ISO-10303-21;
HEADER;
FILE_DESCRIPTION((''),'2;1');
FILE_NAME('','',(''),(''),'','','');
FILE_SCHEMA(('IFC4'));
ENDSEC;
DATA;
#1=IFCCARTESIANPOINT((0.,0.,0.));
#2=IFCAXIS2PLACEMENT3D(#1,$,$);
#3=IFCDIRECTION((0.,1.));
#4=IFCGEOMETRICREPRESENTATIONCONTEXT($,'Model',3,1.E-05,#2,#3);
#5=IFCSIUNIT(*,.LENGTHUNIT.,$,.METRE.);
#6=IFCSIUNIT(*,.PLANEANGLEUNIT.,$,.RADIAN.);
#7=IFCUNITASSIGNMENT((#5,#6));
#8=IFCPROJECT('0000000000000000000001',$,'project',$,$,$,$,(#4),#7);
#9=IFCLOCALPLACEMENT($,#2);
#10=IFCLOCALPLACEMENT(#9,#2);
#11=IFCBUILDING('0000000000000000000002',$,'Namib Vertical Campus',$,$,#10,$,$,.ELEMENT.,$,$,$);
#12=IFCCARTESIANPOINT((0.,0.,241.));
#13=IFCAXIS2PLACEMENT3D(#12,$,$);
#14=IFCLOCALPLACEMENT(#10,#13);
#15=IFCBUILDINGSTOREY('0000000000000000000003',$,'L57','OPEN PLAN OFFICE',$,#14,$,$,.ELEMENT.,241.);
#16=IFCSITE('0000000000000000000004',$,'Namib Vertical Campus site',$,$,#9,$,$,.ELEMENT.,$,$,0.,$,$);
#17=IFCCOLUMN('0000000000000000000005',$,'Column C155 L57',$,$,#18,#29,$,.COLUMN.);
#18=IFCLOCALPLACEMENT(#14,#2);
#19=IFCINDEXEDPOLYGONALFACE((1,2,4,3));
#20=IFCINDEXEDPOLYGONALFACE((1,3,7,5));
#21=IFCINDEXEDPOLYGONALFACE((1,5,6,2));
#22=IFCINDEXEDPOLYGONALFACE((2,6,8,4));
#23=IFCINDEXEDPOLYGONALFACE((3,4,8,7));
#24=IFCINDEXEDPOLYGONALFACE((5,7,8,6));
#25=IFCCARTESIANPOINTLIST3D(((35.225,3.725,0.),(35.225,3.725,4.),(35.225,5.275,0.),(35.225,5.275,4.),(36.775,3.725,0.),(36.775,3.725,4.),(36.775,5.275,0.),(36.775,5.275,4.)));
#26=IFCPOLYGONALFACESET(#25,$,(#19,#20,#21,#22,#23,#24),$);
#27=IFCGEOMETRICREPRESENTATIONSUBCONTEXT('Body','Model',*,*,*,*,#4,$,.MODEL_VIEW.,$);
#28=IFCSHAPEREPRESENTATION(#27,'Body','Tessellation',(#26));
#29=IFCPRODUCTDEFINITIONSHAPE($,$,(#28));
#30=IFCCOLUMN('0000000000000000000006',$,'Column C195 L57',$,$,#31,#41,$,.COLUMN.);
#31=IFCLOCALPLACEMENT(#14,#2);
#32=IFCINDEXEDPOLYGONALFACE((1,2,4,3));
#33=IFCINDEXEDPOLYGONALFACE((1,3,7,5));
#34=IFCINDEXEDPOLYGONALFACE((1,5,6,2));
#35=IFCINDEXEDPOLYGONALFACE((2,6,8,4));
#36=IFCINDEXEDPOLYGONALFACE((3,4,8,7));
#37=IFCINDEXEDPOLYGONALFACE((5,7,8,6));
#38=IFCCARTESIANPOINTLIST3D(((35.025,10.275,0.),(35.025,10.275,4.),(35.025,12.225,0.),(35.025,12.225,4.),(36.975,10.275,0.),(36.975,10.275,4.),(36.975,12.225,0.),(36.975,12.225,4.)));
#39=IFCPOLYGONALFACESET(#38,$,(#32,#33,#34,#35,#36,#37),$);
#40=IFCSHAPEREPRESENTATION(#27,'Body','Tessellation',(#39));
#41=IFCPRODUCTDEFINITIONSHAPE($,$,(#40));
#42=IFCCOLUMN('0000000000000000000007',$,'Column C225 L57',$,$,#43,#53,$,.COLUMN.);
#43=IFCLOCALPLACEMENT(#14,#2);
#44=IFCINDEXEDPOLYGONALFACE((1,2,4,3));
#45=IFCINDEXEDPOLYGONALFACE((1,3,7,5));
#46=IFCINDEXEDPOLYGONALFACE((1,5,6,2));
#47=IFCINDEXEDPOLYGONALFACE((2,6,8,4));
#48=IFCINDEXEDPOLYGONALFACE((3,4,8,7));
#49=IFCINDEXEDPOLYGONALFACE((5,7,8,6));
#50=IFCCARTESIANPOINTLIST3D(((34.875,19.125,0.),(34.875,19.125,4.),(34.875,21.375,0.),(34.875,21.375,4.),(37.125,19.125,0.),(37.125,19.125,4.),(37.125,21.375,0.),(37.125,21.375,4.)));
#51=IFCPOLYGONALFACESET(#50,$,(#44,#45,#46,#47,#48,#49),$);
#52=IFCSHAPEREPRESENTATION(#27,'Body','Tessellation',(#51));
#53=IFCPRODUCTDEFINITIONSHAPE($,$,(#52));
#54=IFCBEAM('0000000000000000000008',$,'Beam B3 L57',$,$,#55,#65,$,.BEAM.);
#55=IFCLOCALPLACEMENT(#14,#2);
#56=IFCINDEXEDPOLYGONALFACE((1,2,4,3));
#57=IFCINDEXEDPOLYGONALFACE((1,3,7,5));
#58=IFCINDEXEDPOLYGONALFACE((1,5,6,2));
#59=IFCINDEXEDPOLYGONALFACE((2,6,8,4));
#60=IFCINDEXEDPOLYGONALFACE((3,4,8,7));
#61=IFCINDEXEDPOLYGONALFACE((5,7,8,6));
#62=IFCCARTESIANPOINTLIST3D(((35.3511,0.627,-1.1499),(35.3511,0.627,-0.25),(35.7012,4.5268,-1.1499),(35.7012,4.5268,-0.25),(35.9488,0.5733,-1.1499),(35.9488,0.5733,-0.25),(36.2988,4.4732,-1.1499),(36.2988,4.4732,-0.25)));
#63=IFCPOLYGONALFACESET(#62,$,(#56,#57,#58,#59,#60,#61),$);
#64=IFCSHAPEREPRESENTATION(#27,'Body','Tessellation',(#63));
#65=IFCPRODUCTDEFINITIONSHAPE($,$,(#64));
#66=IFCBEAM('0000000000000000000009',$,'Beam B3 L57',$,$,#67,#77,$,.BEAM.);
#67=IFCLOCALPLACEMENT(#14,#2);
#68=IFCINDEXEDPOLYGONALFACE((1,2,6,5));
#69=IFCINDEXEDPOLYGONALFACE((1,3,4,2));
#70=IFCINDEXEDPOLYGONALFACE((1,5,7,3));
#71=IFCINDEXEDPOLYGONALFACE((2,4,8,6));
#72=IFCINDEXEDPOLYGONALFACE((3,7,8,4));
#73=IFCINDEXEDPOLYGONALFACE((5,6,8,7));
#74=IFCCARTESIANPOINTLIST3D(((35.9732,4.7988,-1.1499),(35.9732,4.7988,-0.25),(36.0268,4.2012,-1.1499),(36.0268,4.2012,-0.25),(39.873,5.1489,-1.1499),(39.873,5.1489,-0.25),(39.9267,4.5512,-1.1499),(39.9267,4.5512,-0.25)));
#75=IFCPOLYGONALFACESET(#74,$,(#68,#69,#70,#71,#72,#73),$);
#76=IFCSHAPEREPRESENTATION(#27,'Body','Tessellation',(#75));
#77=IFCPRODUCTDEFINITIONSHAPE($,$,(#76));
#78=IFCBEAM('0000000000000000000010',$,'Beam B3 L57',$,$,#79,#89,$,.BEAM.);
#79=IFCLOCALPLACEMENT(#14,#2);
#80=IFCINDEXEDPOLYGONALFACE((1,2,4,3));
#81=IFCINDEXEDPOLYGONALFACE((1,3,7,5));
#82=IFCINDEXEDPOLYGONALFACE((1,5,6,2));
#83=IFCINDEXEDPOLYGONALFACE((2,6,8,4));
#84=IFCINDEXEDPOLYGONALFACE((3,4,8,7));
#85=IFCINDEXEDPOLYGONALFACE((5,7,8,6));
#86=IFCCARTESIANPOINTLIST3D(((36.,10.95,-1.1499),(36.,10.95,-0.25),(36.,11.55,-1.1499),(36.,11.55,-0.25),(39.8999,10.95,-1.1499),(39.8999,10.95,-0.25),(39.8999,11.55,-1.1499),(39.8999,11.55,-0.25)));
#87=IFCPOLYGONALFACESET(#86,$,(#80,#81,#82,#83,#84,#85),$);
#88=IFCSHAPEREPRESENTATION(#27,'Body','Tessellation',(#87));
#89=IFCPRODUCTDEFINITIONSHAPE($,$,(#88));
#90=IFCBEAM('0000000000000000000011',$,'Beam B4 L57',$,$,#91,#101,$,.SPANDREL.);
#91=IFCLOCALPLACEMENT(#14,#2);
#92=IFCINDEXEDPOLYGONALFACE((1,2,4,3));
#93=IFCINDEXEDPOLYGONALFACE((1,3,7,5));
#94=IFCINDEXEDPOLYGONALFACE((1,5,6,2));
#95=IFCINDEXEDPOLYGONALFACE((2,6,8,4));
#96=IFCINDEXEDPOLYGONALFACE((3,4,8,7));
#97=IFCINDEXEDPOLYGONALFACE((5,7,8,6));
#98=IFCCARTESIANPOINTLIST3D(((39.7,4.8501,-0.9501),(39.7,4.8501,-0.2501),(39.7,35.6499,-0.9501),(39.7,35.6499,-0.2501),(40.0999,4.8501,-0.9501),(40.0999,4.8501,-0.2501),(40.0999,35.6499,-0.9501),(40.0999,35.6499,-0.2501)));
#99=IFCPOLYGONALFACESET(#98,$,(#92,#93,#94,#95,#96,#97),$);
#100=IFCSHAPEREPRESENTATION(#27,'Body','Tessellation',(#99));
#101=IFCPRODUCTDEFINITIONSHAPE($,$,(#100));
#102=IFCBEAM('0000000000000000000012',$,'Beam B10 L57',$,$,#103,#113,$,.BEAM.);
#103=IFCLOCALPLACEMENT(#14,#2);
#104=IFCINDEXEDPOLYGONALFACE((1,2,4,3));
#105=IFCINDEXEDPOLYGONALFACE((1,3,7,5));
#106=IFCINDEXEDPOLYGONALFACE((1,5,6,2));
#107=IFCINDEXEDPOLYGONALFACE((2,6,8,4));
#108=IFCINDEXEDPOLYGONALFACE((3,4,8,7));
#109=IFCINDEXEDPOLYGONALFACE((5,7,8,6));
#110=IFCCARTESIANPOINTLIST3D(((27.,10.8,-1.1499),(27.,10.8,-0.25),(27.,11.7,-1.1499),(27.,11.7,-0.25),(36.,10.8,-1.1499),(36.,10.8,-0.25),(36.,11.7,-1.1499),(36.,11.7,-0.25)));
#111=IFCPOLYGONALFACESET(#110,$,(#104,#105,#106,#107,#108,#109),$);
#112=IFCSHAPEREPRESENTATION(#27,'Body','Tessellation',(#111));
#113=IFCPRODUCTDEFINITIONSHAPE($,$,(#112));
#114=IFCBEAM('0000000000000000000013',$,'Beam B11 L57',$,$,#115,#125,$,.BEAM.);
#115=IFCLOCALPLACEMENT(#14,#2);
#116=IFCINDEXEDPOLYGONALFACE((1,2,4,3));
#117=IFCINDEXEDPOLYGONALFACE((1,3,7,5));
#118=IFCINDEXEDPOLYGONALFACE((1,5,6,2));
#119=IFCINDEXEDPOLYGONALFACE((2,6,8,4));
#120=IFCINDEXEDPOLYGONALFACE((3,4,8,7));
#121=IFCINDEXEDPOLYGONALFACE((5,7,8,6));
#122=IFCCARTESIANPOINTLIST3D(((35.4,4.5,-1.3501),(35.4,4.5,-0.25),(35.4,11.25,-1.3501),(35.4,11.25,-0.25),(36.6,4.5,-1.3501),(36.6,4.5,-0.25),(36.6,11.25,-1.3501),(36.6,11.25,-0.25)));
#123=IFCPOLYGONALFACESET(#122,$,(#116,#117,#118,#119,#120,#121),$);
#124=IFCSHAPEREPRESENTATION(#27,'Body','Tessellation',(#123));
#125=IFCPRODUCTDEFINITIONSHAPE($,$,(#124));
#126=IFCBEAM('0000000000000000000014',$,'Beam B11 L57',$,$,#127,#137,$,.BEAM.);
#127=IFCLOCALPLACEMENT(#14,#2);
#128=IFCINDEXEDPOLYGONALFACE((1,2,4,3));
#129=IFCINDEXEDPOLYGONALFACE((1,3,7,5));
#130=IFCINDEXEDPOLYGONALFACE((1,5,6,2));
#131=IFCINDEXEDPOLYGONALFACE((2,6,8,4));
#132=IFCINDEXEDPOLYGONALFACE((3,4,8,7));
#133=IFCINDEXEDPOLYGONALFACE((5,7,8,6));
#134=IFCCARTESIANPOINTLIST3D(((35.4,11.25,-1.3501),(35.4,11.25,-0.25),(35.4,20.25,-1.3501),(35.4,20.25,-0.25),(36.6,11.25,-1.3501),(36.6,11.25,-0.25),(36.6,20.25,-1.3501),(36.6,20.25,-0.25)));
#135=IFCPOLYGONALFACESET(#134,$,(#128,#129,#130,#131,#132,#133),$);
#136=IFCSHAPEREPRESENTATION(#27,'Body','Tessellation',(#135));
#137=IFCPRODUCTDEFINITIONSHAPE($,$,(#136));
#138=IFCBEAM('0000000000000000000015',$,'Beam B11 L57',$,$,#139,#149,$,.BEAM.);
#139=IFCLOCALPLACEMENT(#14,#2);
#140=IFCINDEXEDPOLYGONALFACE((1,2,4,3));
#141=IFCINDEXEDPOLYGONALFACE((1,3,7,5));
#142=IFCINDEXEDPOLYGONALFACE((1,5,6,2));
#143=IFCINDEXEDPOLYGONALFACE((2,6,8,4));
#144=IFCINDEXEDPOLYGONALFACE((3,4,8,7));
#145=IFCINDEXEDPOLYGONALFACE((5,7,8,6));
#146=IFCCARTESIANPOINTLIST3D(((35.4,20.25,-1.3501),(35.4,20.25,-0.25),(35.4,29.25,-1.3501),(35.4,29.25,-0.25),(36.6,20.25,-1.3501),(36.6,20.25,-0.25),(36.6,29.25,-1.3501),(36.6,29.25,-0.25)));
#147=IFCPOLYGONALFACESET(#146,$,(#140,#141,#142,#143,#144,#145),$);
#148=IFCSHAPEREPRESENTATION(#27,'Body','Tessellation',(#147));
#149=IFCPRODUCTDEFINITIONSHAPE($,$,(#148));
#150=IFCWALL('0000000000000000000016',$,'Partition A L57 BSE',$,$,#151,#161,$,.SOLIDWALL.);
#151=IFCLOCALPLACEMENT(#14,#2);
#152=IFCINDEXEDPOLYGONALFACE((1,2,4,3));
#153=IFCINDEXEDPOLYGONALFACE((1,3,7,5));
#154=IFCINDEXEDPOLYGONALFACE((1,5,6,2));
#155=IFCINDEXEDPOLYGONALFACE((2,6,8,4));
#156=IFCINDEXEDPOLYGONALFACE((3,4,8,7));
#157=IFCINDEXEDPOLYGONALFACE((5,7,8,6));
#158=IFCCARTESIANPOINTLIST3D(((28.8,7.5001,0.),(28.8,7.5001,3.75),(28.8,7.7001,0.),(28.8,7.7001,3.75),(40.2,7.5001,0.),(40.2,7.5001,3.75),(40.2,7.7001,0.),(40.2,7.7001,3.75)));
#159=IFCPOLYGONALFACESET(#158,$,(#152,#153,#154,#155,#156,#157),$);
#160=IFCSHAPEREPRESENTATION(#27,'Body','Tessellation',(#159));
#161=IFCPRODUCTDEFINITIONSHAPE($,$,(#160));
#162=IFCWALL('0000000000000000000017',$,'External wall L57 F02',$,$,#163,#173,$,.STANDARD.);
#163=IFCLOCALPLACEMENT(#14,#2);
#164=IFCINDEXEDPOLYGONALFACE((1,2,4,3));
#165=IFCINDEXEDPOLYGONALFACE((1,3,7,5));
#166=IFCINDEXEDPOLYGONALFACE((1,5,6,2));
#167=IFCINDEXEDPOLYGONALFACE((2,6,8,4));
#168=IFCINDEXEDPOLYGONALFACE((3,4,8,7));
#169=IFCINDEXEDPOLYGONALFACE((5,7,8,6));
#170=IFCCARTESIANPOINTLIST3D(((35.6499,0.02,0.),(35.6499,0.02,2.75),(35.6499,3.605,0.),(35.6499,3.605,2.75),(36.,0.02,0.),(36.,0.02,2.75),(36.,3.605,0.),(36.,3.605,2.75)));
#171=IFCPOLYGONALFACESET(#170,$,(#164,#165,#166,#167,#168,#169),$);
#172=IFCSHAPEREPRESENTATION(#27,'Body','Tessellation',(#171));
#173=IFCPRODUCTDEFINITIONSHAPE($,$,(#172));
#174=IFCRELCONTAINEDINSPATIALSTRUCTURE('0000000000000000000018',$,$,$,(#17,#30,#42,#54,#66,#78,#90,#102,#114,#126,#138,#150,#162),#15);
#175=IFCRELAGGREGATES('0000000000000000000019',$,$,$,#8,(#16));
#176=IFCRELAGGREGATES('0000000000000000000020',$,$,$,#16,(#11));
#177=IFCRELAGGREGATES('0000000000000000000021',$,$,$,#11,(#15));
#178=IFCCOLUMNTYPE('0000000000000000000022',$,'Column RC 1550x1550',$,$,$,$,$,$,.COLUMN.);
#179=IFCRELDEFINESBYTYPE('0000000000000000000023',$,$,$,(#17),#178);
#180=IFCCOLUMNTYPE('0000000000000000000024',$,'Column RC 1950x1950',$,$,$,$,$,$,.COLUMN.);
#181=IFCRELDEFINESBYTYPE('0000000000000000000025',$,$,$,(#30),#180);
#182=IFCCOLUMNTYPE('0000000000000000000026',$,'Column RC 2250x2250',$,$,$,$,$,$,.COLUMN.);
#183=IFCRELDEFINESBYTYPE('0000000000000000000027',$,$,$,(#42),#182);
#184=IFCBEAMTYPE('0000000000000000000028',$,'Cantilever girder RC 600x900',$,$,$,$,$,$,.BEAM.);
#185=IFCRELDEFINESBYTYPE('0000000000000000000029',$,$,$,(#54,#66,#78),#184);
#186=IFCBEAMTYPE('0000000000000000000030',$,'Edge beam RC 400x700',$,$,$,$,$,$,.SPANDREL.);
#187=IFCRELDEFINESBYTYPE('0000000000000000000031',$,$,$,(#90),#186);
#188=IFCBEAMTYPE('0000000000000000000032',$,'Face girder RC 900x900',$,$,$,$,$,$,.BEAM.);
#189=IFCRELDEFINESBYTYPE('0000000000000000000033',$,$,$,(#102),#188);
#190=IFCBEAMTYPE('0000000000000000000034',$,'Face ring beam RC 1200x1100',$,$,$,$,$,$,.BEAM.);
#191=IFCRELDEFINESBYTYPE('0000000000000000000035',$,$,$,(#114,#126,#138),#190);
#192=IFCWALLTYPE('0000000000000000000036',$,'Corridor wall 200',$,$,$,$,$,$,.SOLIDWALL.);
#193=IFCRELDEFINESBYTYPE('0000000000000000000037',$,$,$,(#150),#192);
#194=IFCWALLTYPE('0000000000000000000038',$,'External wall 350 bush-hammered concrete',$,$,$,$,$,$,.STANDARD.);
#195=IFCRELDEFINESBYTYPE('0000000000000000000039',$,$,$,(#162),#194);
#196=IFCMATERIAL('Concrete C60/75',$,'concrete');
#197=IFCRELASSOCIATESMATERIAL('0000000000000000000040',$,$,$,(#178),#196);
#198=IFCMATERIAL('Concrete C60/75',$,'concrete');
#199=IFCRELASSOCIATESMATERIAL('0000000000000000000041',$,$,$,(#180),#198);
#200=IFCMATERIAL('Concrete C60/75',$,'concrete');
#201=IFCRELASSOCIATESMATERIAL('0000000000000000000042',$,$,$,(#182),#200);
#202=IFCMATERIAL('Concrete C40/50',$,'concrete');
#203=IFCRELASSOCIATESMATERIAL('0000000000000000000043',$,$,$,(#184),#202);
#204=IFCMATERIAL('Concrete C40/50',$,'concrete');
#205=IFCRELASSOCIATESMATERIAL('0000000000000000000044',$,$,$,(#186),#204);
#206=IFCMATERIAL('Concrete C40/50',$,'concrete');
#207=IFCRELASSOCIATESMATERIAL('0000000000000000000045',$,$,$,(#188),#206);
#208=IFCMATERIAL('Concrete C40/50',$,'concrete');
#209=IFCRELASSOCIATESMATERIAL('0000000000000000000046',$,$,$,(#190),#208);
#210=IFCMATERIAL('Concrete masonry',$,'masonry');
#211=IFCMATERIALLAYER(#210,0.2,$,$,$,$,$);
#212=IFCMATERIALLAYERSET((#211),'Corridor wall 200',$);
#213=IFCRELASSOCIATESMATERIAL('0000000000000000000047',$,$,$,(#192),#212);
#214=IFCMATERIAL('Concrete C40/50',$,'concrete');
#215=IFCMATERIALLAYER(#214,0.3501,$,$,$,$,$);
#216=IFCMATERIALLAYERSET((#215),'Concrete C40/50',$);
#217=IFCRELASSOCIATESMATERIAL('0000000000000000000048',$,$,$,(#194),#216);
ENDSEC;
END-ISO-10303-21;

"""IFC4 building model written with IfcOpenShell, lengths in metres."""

from ifc_helpers import new_model, si_unit, direction, frame, frame_2d, origin, origin_2d, place, context, subcontext, project, spatial, rectangle, extrude, material, layer, layer_set, material_profile, profile_set, type_object, element, save


model = new_model("IFC4")

# Units and contexts
model_context = context("Model", 3, precision=1e-05, world=origin(), true_north=direction((0.0, 1.0)))
body_context = subcontext(model_context, "Body", "Model", "MODEL_VIEW")
ifc_project = project(units=[si_unit("LENGTHUNIT", "METRE"), si_unit("PLANEANGLEUNIT", "RADIAN")], contexts=[model_context])

# Site, building, storey
site_placement = place(None, origin())
site = spatial("IfcSite", under=ifc_project, at=site_placement, Name="Namib Vertical Campus site", CompositionType="ELEMENT", RefElevation=0.0)
building_placement = place(site_placement, origin())
building = spatial("IfcBuilding", under=site, at=building_placement, Name="Namib Vertical Campus", CompositionType="ELEMENT")
storey_placement = place(building_placement, frame((0.0, 0.0, 241.0)))
storey = spatial("IfcBuildingStorey", under=building, at=storey_placement, Name="L57", Description="OPEN PLAN OFFICE", CompositionType="ELEMENT", Elevation=241.0)

# Columns
ifc_material_1 = material(Name="Concrete C60/75", Category="concrete")
ifc_material_profile_1 = material_profile(ifc_material_1, rectangle(XDim=1.55, YDim=1.55, at=origin_2d()))
ifc_profile_set_1 = profile_set([ifc_material_profile_1], Name="Concrete C60/75")
column_type_1 = type_object("IfcColumnType", Name="Column RC 1550x1550", PredefinedType="COLUMN", material=ifc_profile_set_1)
column_1_placement = place(storey_placement, frame((36.0, 4.5, 0.0), z_axis=(0.0, 0.0, 1.0), x_axis=(1.0, 0.0, 0.0)))
element("IfcColumn", 1, at=column_1_placement, inside=storey, type_object=column_type_1, Name="Column C155 L57", PredefinedType="COLUMN", context=body_context, shape_type="SweptSolid", body=[
    extrude(rectangle(XDim=1.55, YDim=1.55, at=origin_2d()), origin(), (0.0, 0.0, 1.0), 4.0),
])
ifc_material_2 = material(Name="Concrete C60/75", Category="concrete")
ifc_material_profile_2 = material_profile(ifc_material_2, rectangle(XDim=1.95, YDim=1.95, at=origin_2d()))
ifc_profile_set_2 = profile_set([ifc_material_profile_2], Name="Concrete C60/75")
column_type_2 = type_object("IfcColumnType", Name="Column RC 1950x1950", PredefinedType="COLUMN", material=ifc_profile_set_2)
column_2_placement = place(storey_placement, frame((36.0, 11.25, 0.0), z_axis=(0.0, 0.0, 1.0), x_axis=(1.0, 0.0, 0.0)))
element("IfcColumn", 2, at=column_2_placement, inside=storey, type_object=column_type_2, Name="Column C195 L57", PredefinedType="COLUMN", context=body_context, shape_type="SweptSolid", body=[
    extrude(rectangle(XDim=1.95, YDim=1.95, at=origin_2d()), origin(), (0.0, 0.0, 1.0), 4.0),
])
ifc_material_3 = material(Name="Concrete C60/75", Category="concrete")
ifc_material_profile_3 = material_profile(ifc_material_3, rectangle(XDim=2.25, YDim=2.25, at=origin_2d()))
ifc_profile_set_3 = profile_set([ifc_material_profile_3], Name="Concrete C60/75")
column_type_3 = type_object("IfcColumnType", Name="Column RC 2250x2250", PredefinedType="COLUMN", material=ifc_profile_set_3)
column_3_placement = place(storey_placement, frame((36.0, 20.25, 0.0), z_axis=(0.0, 0.0, 1.0), x_axis=(1.0, 0.0, 0.0)))
element("IfcColumn", 3, at=column_3_placement, inside=storey, type_object=column_type_3, Name="Column C225 L57", PredefinedType="COLUMN", context=body_context, shape_type="SweptSolid", body=[
    extrude(rectangle(XDim=2.25, YDim=2.25, at=origin_2d()), origin(), (0.0, 0.0, 1.0), 4.0),
])

# Beams
ifc_material_4 = material(Name="Concrete C40/50", Category="concrete")
ifc_material_profile_4 = material_profile(ifc_material_4, rectangle(XDim=0.6001, YDim=0.8999, at=origin_2d()))
ifc_profile_set_4 = profile_set([ifc_material_profile_4], Name="Concrete C40/50")
beam_type_1 = type_object("IfcBeamType", Name="Cantilever girder RC 600x900", PredefinedType="BEAM", material=ifc_profile_set_4)
for number, where, z_axis, x_axis, name in (
    (4, (36.0, 4.5, -0.7), (-0.089411, -0.995995, 0.0), (0.995995, -0.089411, 0.0), "Beam B3 L57"),
    (5, (36.0, 4.5, -0.7), (0.995995, 0.089411, 0.0), (-0.089411, 0.995995, 0.0), "Beam B3 L57"),
):
    element("IfcBeam", number, at=place(storey_placement, frame(where, z_axis=z_axis, x_axis=x_axis)), inside=storey, type_object=beam_type_1, Name=name, PredefinedType="BEAM", context=body_context, shape_type="SweptSolid", body=[
        extrude(rectangle(XDim=0.6001, YDim=0.8999, at=origin_2d()), origin(), (0.0, 0.0, 1.0), 3.9155),
    ])
beam_1_placement = place(storey_placement, frame((36.0, 11.25, -0.7), z_axis=(1.0, 0.0, 0.0), x_axis=(0.0, 1.0, 0.0)))
element("IfcBeam", 6, at=beam_1_placement, inside=storey, type_object=beam_type_1, Name="Beam B3 L57", PredefinedType="BEAM", context=body_context, shape_type="SweptSolid", body=[
    extrude(rectangle(XDim=0.6001, YDim=0.8999, at=origin_2d()), origin(), (0.0, 0.0, 1.0), 3.8999),
])
ifc_material_5 = material(Name="Concrete C40/50", Category="concrete")
ifc_material_profile_5 = material_profile(ifc_material_5, rectangle(XDim=0.3999, YDim=0.7, at=origin_2d()))
ifc_profile_set_5 = profile_set([ifc_material_profile_5], Name="Concrete C40/50")
beam_type_2 = type_object("IfcBeamType", Name="Edge beam RC 400x700", PredefinedType="SPANDREL", material=ifc_profile_set_5)
beam_2_placement = place(storey_placement, frame((39.8999, 4.8501, -0.6001), z_axis=(0.0, 1.0, 0.0), x_axis=(-1.0, 0.0, 0.0)))
element("IfcBeam", 7, at=beam_2_placement, inside=storey, type_object=beam_type_2, Name="Beam B4 L57", PredefinedType="SPANDREL", context=body_context, shape_type="SweptSolid", body=[
    extrude(rectangle(XDim=0.3999, YDim=0.7, at=origin_2d()), origin(), (0.0, 0.0, 1.0), 30.7998),
])
ifc_material_6 = material(Name="Concrete C40/50", Category="concrete")
ifc_material_profile_6 = material_profile(ifc_material_6, rectangle(XDim=0.8999, YDim=0.8999, at=origin_2d()))
ifc_profile_set_6 = profile_set([ifc_material_profile_6], Name="Concrete C40/50")
beam_type_3 = type_object("IfcBeamType", Name="Face girder RC 900x900", PredefinedType="BEAM", material=ifc_profile_set_6)
beam_3_placement = place(storey_placement, frame((36.0, 11.25, -0.7), z_axis=(-1.0, 0.0, 0.0), x_axis=(0.0, -1.0, 0.0)))
element("IfcBeam", 8, at=beam_3_placement, inside=storey, type_object=beam_type_3, Name="Beam B10 L57", PredefinedType="BEAM", context=body_context, shape_type="SweptSolid", body=[
    extrude(rectangle(XDim=0.8999, YDim=0.8999, at=origin_2d()), origin(), (0.0, 0.0, 1.0), 9.0),
])
ifc_material_7 = material(Name="Concrete C40/50", Category="concrete")
ifc_material_profile_7 = material_profile(ifc_material_7, rectangle(XDim=1.2, YDim=1.1001, at=origin_2d()))
ifc_profile_set_7 = profile_set([ifc_material_profile_7], Name="Concrete C40/50")
beam_type_4 = type_object("IfcBeamType", Name="Face ring beam RC 1200x1100", PredefinedType="BEAM", material=ifc_profile_set_7)
beam_4_placement = place(storey_placement, frame((36.0, 4.5, -0.8), z_axis=(0.0, 1.0, 0.0), x_axis=(-1.0, 0.0, 0.0)))
element("IfcBeam", 9, at=beam_4_placement, inside=storey, type_object=beam_type_4, Name="Beam B11 L57", PredefinedType="BEAM", context=body_context, shape_type="SweptSolid", body=[
    extrude(rectangle(XDim=1.2, YDim=1.1001, at=origin_2d()), origin(), (0.0, 0.0, 1.0), 6.75),
])
for number, where, z_axis, x_axis, name in (
    (10, (36.0, 11.25, -0.8), (0.0, 1.0, 0.0), (-1.0, 0.0, 0.0), "Beam B11 L57"),
    (11, (36.0, 20.25, -0.8), (0.0, 1.0, 0.0), (-1.0, 0.0, 0.0), "Beam B11 L57"),
):
    element("IfcBeam", number, at=place(storey_placement, frame(where, z_axis=z_axis, x_axis=x_axis)), inside=storey, type_object=beam_type_4, Name=name, PredefinedType="BEAM", context=body_context, shape_type="SweptSolid", body=[
        extrude(rectangle(XDim=1.2, YDim=1.1001, at=origin_2d()), origin(), (0.0, 0.0, 1.0), 9.0),
    ])

# Walls
ifc_material_8 = material(Name="Concrete masonry", Category="masonry")
ifc_layer_1 = layer(ifc_material_8, 0.2)
ifc_layer_set_1 = layer_set([ifc_layer_1], Name="Corridor wall 200")
wall_type_1 = type_object("IfcWallType", Name="Corridor wall 200", PredefinedType="SOLIDWALL", material=ifc_layer_set_1)
wall_1_placement = place(storey_placement, frame((28.8, 7.6001, 0.0), z_axis=(0.0, 0.0, 1.0), x_axis=(1.0, 0.0, 0.0)))
element("IfcWall", 12, at=wall_1_placement, inside=storey, type_object=wall_type_1, Name="Partition A L57 BSE", PredefinedType="SOLIDWALL", context=body_context, shape_type="SweptSolid", body=[
    extrude(rectangle(XDim=11.3999, YDim=0.2, at=frame_2d((5.7, 0.0))), origin(), (0.0, 0.0, 1.0), 3.75),
])
ifc_material_9 = material(Name="Concrete C40/50", Category="concrete")
ifc_layer_2 = layer(ifc_material_9, 0.3501)
ifc_layer_set_2 = layer_set([ifc_layer_2], Name="Concrete C40/50")
wall_type_2 = type_object("IfcWallType", Name="External wall 350 bush-hammered concrete", PredefinedType="STANDARD", material=ifc_layer_set_2)
wall_2_placement = place(storey_placement, frame((35.825, 0.02, 0.0), z_axis=(0.0, 0.0, 1.0), x_axis=(0.0, 1.0, 0.0)))
element("IfcWall", 13, at=wall_2_placement, inside=storey, type_object=wall_type_2, Name="External wall L57 F02", PredefinedType="STANDARD", context=body_context, shape_type="SweptSolid", body=[
    extrude(rectangle(XDim=3.585, YDim=0.3501, at=frame_2d((1.7925, 0.0))), origin(), (0.0, 0.0, 1.0), 2.75),
])

save(model, "model.ifc")
